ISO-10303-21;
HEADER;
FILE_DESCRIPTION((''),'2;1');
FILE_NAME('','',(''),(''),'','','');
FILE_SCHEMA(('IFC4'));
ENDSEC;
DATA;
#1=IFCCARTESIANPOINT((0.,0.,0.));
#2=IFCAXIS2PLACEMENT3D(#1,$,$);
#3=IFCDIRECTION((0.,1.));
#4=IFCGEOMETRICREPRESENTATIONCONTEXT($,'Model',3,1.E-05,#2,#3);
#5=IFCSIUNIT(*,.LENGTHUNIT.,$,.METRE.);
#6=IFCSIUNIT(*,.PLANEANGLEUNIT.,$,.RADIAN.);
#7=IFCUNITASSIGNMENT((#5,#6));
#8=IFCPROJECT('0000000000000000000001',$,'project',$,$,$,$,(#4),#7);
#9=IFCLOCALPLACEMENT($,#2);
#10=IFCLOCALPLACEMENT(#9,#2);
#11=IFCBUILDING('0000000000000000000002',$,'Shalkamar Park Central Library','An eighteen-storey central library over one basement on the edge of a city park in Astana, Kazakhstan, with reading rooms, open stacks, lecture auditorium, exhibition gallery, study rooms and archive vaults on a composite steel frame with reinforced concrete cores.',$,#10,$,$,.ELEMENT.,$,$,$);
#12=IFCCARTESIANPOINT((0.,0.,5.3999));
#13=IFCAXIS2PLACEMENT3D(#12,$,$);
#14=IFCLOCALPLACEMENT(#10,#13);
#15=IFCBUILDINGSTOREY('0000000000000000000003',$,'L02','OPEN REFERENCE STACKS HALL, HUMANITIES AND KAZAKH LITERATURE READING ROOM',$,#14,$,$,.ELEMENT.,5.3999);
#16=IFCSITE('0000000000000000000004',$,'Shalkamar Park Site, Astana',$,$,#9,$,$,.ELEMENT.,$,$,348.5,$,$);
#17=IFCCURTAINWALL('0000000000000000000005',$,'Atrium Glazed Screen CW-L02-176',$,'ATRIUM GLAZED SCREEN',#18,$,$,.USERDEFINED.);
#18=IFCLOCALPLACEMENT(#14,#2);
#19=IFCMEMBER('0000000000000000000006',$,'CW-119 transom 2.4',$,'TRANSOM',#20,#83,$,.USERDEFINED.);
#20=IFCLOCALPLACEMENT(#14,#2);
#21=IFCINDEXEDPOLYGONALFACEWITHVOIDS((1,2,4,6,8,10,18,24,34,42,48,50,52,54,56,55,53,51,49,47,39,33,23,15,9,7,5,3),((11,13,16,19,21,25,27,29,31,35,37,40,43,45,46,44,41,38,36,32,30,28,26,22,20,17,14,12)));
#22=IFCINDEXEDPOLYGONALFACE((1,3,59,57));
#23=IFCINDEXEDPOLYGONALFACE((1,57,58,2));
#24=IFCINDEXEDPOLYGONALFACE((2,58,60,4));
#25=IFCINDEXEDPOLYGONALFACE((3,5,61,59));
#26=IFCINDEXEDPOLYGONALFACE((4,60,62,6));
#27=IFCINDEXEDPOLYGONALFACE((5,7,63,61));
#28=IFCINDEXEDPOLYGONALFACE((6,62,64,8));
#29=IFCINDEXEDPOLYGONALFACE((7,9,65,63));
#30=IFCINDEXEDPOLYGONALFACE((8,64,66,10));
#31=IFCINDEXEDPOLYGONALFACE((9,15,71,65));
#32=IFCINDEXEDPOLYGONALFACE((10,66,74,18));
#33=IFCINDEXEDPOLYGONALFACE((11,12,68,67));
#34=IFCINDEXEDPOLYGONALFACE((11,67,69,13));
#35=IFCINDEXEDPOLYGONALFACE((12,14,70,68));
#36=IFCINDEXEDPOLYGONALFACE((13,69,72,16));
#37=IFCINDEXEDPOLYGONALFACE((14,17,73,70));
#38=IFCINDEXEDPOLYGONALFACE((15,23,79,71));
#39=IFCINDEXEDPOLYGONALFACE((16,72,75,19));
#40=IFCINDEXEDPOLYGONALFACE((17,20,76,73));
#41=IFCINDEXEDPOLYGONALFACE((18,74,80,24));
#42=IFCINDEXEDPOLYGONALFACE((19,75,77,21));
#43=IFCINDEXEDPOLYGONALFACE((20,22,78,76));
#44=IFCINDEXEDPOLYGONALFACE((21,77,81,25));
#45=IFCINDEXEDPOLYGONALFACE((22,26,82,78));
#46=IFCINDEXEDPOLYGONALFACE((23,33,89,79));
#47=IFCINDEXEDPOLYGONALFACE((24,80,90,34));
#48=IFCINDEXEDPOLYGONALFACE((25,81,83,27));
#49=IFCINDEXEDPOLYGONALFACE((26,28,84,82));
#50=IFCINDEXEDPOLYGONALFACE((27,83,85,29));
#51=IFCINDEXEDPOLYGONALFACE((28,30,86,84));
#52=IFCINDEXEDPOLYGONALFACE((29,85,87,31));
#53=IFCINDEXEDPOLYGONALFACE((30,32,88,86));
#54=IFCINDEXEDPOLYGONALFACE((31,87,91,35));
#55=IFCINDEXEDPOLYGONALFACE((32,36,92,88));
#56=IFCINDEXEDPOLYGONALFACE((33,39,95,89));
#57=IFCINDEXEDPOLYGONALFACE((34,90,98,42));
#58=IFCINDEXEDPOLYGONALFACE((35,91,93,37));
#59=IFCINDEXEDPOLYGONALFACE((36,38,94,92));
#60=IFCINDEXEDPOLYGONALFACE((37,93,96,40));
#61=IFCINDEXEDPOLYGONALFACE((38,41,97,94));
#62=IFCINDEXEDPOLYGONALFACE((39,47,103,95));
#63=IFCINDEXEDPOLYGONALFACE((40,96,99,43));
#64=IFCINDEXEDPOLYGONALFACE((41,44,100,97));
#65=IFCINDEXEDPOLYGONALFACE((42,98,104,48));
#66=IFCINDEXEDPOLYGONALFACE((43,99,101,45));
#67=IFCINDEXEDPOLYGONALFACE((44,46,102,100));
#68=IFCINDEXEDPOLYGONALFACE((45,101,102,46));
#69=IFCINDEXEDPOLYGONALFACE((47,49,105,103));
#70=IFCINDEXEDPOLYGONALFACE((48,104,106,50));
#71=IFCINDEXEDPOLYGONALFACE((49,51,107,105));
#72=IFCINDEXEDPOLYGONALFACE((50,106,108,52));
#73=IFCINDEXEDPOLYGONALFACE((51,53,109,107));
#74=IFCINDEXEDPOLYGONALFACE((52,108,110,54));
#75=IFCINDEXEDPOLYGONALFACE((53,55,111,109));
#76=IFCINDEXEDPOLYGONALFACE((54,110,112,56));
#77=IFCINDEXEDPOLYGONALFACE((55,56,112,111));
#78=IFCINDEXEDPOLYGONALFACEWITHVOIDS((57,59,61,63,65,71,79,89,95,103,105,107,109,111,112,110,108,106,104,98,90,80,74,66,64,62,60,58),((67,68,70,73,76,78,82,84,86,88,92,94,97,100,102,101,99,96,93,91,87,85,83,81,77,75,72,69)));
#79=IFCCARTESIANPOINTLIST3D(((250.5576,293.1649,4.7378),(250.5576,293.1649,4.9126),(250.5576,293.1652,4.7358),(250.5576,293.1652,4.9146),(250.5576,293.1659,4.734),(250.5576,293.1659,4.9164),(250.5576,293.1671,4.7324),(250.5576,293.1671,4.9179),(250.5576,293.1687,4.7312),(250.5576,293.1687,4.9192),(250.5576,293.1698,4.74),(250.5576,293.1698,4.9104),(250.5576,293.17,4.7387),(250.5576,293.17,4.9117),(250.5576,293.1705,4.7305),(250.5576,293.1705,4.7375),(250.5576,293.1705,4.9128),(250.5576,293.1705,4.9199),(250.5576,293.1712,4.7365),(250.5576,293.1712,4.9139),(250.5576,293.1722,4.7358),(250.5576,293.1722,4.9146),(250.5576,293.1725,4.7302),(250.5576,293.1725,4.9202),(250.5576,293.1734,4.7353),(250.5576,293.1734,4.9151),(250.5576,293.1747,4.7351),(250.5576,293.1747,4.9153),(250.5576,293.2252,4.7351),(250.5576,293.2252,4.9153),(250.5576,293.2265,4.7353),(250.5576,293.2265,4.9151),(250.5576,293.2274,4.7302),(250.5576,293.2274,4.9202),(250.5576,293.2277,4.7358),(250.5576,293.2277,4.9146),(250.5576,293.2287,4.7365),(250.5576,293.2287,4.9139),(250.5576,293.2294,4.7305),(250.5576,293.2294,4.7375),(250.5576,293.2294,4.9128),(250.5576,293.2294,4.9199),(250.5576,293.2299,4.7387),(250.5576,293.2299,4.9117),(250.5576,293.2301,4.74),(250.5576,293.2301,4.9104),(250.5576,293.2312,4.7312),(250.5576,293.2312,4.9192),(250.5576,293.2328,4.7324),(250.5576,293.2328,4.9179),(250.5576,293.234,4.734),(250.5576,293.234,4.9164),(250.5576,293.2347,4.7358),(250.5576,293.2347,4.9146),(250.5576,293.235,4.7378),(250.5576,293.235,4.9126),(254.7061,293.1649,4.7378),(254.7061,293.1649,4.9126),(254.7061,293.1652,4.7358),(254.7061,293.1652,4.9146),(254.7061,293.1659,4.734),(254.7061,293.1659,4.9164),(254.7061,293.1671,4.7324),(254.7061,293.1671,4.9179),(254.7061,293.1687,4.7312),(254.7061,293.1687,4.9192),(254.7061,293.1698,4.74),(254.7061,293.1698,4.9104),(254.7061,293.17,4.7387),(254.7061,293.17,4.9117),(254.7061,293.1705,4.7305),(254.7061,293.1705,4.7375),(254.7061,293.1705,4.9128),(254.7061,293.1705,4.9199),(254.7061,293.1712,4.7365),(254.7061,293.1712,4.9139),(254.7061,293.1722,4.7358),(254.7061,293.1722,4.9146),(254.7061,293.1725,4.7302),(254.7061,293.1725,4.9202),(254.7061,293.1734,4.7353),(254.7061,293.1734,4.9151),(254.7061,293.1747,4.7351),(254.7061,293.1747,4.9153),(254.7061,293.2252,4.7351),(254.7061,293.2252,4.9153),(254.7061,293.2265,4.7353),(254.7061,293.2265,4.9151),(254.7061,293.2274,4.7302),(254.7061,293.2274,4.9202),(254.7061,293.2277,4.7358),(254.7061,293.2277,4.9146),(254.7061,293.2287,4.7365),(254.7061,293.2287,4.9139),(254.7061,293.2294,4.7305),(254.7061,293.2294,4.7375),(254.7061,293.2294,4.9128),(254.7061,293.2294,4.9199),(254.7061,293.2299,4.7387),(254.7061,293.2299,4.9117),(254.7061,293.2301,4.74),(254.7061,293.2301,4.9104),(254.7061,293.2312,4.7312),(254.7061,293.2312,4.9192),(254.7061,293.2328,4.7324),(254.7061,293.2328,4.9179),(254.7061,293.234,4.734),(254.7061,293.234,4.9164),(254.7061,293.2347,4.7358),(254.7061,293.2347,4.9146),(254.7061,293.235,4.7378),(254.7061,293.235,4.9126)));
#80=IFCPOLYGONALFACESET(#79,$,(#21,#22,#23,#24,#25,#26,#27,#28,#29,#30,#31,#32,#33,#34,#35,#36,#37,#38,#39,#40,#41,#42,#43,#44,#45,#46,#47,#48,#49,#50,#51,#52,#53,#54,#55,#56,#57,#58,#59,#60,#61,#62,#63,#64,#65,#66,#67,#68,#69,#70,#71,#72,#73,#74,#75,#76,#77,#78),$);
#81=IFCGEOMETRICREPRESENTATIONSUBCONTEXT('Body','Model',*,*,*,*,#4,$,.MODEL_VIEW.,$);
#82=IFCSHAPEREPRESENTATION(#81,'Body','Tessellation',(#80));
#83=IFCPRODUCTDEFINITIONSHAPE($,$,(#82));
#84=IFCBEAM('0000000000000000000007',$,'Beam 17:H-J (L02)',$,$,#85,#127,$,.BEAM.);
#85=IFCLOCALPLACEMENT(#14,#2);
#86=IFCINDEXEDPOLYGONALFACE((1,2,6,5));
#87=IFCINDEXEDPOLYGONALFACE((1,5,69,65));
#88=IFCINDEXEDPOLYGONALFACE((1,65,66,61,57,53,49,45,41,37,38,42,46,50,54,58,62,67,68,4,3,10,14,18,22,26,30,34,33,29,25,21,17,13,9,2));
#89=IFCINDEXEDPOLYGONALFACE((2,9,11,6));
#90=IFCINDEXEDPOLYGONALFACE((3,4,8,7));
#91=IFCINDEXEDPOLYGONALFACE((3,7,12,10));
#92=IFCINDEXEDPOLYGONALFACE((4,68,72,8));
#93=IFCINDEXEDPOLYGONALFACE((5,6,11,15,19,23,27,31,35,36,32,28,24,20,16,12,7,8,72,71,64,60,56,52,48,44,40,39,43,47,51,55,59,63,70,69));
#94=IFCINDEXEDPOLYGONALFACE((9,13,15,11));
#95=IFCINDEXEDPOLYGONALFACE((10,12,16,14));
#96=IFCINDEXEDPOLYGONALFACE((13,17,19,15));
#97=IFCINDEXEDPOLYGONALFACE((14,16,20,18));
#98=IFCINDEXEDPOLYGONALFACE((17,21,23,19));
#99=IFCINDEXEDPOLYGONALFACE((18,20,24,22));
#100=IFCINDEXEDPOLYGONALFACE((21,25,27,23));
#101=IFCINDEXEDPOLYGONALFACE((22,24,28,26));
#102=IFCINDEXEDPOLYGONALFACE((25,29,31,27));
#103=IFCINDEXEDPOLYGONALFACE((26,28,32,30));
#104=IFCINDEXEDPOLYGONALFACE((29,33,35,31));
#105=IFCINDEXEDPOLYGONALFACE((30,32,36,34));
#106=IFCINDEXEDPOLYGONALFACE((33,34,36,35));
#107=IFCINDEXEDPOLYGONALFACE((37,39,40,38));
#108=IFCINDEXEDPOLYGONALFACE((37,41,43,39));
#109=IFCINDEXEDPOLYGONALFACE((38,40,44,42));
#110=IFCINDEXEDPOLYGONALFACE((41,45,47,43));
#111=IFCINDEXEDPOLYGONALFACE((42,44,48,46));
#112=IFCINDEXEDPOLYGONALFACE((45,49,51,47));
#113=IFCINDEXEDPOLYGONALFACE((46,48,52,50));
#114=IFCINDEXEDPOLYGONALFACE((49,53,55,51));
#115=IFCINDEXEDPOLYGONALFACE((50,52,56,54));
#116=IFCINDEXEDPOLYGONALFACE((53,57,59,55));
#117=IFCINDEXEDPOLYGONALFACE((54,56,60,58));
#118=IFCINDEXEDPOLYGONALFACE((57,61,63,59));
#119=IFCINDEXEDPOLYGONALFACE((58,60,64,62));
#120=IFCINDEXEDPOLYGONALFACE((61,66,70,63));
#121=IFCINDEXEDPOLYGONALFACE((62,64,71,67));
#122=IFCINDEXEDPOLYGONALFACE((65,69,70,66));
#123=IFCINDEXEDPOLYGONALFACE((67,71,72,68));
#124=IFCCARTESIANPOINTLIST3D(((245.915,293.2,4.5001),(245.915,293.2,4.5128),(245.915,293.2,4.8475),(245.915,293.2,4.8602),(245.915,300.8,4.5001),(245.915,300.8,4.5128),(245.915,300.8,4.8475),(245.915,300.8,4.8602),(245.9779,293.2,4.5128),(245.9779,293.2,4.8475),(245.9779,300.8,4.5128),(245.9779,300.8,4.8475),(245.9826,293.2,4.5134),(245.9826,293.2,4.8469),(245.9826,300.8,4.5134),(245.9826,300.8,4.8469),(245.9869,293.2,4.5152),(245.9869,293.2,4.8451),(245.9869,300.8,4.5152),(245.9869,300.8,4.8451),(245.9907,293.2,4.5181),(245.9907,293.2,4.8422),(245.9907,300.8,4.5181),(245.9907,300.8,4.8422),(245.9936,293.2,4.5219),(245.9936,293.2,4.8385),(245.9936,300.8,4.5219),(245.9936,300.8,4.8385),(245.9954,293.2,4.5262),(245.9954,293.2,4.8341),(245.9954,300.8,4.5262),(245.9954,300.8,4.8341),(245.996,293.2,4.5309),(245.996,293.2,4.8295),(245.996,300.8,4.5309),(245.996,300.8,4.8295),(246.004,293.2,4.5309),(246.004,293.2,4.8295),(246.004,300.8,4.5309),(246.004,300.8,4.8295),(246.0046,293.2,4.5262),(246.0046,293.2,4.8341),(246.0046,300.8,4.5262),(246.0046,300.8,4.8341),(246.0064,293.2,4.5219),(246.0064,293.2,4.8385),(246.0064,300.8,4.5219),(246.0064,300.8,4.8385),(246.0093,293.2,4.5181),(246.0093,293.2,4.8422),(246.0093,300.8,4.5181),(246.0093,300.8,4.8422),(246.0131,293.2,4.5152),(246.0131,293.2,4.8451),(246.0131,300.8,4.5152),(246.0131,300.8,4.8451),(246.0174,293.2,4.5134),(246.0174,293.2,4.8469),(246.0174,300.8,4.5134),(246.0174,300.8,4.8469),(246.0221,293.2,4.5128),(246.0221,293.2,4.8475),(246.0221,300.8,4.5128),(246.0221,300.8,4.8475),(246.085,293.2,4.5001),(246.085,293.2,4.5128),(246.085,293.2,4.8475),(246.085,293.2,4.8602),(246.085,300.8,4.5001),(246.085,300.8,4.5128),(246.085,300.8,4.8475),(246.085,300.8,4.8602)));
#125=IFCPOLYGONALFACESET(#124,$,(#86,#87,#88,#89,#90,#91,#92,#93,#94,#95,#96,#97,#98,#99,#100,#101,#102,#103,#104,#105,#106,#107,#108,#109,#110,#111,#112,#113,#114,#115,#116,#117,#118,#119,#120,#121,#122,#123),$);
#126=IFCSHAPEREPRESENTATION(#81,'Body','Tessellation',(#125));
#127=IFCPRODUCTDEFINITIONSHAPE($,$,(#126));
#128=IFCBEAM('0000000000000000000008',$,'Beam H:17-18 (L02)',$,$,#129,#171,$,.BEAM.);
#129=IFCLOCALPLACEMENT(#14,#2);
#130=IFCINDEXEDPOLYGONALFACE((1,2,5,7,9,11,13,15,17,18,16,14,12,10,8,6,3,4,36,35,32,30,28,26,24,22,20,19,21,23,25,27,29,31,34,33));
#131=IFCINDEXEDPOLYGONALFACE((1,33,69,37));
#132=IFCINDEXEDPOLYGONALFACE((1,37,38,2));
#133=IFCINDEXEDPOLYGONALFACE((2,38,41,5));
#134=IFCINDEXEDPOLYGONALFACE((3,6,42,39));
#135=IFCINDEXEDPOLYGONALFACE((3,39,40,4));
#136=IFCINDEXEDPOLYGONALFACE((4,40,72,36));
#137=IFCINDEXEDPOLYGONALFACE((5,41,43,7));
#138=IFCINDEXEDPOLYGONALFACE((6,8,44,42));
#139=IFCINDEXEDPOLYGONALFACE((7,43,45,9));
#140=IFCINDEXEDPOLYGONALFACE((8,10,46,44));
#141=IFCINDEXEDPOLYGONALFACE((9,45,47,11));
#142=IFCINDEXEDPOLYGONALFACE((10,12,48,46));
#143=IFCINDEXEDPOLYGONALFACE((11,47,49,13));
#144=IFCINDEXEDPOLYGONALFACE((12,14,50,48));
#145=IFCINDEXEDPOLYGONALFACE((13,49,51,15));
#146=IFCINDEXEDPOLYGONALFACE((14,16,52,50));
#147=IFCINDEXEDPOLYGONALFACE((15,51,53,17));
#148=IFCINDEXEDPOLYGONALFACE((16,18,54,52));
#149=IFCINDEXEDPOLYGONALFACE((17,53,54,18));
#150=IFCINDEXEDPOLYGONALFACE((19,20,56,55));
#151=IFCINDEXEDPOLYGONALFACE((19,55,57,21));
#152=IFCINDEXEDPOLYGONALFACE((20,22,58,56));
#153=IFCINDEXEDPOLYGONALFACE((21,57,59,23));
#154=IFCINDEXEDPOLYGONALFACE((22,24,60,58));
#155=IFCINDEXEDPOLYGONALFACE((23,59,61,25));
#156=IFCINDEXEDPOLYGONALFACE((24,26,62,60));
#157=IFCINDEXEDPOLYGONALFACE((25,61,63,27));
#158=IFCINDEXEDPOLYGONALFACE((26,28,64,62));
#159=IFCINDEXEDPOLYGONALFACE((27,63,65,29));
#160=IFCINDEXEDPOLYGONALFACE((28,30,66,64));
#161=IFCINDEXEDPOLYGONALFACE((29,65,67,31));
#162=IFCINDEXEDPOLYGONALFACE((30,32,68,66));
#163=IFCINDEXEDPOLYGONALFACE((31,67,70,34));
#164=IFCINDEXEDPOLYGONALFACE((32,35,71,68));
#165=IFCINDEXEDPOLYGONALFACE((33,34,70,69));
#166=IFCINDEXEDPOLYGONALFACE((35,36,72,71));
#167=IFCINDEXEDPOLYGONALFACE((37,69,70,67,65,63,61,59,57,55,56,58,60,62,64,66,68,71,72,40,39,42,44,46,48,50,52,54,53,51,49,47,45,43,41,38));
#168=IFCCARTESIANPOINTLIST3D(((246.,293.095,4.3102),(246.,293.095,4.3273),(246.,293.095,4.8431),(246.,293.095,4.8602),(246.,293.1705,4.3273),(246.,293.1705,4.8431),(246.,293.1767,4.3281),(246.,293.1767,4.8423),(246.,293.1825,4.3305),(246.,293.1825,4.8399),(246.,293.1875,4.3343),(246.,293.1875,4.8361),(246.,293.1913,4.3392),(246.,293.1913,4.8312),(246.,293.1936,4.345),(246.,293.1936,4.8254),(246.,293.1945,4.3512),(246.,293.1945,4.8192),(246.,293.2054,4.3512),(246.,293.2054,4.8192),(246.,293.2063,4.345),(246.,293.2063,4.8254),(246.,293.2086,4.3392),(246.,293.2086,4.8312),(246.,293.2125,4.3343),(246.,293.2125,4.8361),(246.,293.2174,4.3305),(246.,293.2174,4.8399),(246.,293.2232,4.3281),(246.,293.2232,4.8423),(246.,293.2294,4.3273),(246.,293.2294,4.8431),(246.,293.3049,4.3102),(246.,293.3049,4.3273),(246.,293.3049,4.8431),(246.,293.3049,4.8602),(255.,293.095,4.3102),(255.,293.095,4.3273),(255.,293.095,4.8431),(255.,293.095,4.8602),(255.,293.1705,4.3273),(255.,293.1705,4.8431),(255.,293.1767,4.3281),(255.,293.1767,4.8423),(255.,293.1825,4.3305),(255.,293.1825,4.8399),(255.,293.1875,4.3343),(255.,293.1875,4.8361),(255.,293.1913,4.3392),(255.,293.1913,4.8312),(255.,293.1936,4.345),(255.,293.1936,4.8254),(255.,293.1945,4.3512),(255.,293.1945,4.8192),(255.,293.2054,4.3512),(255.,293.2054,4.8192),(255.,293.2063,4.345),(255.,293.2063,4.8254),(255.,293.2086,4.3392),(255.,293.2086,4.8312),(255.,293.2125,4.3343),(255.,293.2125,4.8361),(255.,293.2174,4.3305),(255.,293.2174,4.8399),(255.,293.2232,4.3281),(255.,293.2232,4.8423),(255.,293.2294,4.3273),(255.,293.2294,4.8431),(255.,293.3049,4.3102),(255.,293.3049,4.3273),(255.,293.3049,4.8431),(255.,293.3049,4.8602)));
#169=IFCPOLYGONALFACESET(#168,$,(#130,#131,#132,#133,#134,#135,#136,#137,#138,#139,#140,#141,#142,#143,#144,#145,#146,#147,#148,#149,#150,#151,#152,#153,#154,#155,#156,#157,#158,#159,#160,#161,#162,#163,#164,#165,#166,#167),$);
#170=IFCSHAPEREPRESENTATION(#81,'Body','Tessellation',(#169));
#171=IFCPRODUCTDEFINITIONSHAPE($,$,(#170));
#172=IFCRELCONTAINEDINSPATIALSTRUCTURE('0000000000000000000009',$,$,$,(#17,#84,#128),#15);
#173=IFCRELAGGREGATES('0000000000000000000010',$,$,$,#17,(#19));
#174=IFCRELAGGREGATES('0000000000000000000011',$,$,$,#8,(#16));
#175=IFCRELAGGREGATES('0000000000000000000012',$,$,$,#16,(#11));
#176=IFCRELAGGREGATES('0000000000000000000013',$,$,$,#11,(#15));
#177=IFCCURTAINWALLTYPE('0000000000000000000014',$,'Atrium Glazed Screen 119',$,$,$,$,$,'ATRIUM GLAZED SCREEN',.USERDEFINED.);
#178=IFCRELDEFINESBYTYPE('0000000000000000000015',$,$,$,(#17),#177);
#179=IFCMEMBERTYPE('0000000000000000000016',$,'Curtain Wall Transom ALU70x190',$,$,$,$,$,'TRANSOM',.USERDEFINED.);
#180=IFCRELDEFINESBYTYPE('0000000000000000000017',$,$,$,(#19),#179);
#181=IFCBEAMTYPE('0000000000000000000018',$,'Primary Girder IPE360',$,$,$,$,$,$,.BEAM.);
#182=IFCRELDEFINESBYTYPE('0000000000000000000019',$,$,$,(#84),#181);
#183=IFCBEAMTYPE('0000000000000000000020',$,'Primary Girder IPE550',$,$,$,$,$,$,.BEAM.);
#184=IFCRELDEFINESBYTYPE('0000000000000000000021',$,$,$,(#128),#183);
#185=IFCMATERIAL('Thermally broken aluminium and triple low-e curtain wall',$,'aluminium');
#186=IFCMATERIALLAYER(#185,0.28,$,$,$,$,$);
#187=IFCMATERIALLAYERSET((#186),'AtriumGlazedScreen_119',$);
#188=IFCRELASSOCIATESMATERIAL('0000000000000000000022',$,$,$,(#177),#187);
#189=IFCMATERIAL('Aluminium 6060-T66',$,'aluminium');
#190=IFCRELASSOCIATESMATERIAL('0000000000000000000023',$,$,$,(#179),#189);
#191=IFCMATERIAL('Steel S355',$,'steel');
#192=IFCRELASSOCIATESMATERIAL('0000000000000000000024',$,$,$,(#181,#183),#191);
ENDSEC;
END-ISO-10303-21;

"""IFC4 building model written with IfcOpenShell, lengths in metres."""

from ifc_helpers import new_model, si_unit, direction, frame, origin, origin_2d, place, context, subcontext, project, spatial, hollow_rectangle, i_section, extrude, material, layer, layer_set, material_profile, profile_set, type_object, element, aggregate, save


model = new_model("IFC4")

# Units and contexts
model_context = context("Model", 3, precision=1e-05, world=origin(), true_north=direction((0.0, 1.0)))
body_context = subcontext(model_context, "Body", "Model", "MODEL_VIEW")
ifc_project = project(units=[si_unit("LENGTHUNIT", "METRE"), si_unit("PLANEANGLEUNIT", "RADIAN")], contexts=[model_context])

# Site, building, storey
site_placement = place(None, origin())
site = spatial("IfcSite", under=ifc_project, at=site_placement, Name="Shalkamar Park Site, Astana", CompositionType="ELEMENT", RefElevation=348.5)
building_placement = place(site_placement, origin())
building = spatial("IfcBuilding", under=site, at=building_placement, Name="Shalkamar Park Central Library", Description="An eighteen-storey central library over one basement on the edge of a city park in Astana, Kazakhstan, with reading rooms, open stacks, lecture auditorium, exhibition gallery, study rooms and archive vaults on a composite steel frame with reinforced concrete cores.", CompositionType="ELEMENT")
storey_placement = place(building_placement, frame((0.0, 0.0, 5.3999)))
storey = spatial("IfcBuildingStorey", under=building, at=storey_placement, Name="L02", Description="OPEN REFERENCE STACKS HALL, HUMANITIES AND KAZAKH LITERATURE READING ROOM", CompositionType="ELEMENT", Elevation=5.3999)

# Shared definitions
ifc_material_1 = material(Name="Steel S355", Category="steel")

# Curtain wall, member
ifc_material_2 = material(Name="Thermally broken aluminium and triple low-e curtain wall", Category="aluminium")
ifc_layer_1 = layer(ifc_material_2, 0.28)
ifc_layer_set_1 = layer_set([ifc_layer_1], Name="AtriumGlazedScreen_119")
curtain_wall_type = type_object("IfcCurtainWallType", Name="Atrium Glazed Screen 119", ElementType="ATRIUM GLAZED SCREEN", PredefinedType="USERDEFINED", material=ifc_layer_set_1)
curtain_wall_placement = place(storey_placement, origin())
curtain_wall = element("IfcCurtainWall", 1, at=curtain_wall_placement, inside=storey, type_object=curtain_wall_type, Name="Atrium Glazed Screen CW-L02-176", ObjectType="ATRIUM GLAZED SCREEN", PredefinedType="USERDEFINED")
ifc_material_3 = material(Name="Aluminium 6060-T66", Category="aluminium")
ifc_material_profile_1 = material_profile(ifc_material_3, hollow_rectangle(XDim=0.0701, YDim=0.1899, WallThickness=0.0049, InnerFilletRadius=0.0049, OuterFilletRadius=0.0076, at=origin_2d()), Name="ALU 70x190x5")
ifc_profile_set_1 = profile_set([ifc_material_profile_1], Name="Aluminium 6060-T66")
member_type_1 = type_object("IfcMemberType", Name="Curtain Wall Transom ALU70x190", ElementType="TRANSOM", PredefinedType="USERDEFINED", material=ifc_profile_set_1)
member_1_placement = place(storey_placement, frame((250.5576, 293.2, 4.8252), z_axis=(1.0, 0.0, 0.0), x_axis=(0.0, 1.0, 0.0)))
member_1 = element("IfcMember", 2, at=member_1_placement, type_object=member_type_1, Name="CW-119 transom 2.4", ObjectType="TRANSOM", PredefinedType="USERDEFINED", context=body_context, shape_type="SweptSolid", body=[
    extrude(hollow_rectangle(XDim=0.0701, YDim=0.1899, WallThickness=0.0049, InnerFilletRadius=0.0049, OuterFilletRadius=0.0076, at=origin_2d()), origin(), (0.0, 0.0, 1.0), 4.1484),
])

# Beams
ifc_material_profile_2 = material_profile(ifc_material_1, i_section(OverallWidth=0.1699, OverallDepth=0.3601, WebThickness=0.0081, FlangeThickness=0.0127, FilletRadius=0.0181, at=origin_2d()), Name="IPE 360")
ifc_profile_set_2 = profile_set([ifc_material_profile_2], Name="Steel S355")
beam_type_1 = type_object("IfcBeamType", Name="Primary Girder IPE360", PredefinedType="BEAM", material=ifc_profile_set_2)
beam_1_placement = place(storey_placement, frame((246.0, 293.2, 4.6802), z_axis=(0.0, 1.0, 0.0), x_axis=(-1.0, 0.0, 0.0)))
element("IfcBeam", 3, at=beam_1_placement, inside=storey, type_object=beam_type_1, Name="Beam 17:H-J (L02)", PredefinedType="BEAM", context=body_context, shape_type="SweptSolid", body=[
    extrude(i_section(OverallWidth=0.1699, OverallDepth=0.3601, WebThickness=0.0081, FlangeThickness=0.0127, FilletRadius=0.0181, at=origin_2d()), origin(), (0.0, 0.0, 1.0), 7.6001),
])
ifc_material_profile_3 = material_profile(ifc_material_1, i_section(OverallWidth=0.21, OverallDepth=0.55, WebThickness=0.011, FlangeThickness=0.0171, FilletRadius=0.0239, at=origin_2d()), Name="IPE 550")
ifc_profile_set_3 = profile_set([ifc_material_profile_3], Name="Steel S355")
beam_type_2 = type_object("IfcBeamType", Name="Primary Girder IPE550", PredefinedType="BEAM", material=ifc_profile_set_3)
beam_2_placement = place(storey_placement, frame((246.0, 293.2, 4.5852), z_axis=(1.0, 0.0, 0.0), x_axis=(0.0, 1.0, 0.0)))
element("IfcBeam", 4, at=beam_2_placement, inside=storey, type_object=beam_type_2, Name="Beam H:17-18 (L02)", PredefinedType="BEAM", context=body_context, shape_type="SweptSolid", body=[
    extrude(i_section(OverallWidth=0.21, OverallDepth=0.55, WebThickness=0.011, FlangeThickness=0.0171, FilletRadius=0.0239, at=origin_2d()), origin(), (0.0, 0.0, 1.0), 9.0),
])

aggregate(curtain_wall, [member_1])

save(model, "model.ifc")
